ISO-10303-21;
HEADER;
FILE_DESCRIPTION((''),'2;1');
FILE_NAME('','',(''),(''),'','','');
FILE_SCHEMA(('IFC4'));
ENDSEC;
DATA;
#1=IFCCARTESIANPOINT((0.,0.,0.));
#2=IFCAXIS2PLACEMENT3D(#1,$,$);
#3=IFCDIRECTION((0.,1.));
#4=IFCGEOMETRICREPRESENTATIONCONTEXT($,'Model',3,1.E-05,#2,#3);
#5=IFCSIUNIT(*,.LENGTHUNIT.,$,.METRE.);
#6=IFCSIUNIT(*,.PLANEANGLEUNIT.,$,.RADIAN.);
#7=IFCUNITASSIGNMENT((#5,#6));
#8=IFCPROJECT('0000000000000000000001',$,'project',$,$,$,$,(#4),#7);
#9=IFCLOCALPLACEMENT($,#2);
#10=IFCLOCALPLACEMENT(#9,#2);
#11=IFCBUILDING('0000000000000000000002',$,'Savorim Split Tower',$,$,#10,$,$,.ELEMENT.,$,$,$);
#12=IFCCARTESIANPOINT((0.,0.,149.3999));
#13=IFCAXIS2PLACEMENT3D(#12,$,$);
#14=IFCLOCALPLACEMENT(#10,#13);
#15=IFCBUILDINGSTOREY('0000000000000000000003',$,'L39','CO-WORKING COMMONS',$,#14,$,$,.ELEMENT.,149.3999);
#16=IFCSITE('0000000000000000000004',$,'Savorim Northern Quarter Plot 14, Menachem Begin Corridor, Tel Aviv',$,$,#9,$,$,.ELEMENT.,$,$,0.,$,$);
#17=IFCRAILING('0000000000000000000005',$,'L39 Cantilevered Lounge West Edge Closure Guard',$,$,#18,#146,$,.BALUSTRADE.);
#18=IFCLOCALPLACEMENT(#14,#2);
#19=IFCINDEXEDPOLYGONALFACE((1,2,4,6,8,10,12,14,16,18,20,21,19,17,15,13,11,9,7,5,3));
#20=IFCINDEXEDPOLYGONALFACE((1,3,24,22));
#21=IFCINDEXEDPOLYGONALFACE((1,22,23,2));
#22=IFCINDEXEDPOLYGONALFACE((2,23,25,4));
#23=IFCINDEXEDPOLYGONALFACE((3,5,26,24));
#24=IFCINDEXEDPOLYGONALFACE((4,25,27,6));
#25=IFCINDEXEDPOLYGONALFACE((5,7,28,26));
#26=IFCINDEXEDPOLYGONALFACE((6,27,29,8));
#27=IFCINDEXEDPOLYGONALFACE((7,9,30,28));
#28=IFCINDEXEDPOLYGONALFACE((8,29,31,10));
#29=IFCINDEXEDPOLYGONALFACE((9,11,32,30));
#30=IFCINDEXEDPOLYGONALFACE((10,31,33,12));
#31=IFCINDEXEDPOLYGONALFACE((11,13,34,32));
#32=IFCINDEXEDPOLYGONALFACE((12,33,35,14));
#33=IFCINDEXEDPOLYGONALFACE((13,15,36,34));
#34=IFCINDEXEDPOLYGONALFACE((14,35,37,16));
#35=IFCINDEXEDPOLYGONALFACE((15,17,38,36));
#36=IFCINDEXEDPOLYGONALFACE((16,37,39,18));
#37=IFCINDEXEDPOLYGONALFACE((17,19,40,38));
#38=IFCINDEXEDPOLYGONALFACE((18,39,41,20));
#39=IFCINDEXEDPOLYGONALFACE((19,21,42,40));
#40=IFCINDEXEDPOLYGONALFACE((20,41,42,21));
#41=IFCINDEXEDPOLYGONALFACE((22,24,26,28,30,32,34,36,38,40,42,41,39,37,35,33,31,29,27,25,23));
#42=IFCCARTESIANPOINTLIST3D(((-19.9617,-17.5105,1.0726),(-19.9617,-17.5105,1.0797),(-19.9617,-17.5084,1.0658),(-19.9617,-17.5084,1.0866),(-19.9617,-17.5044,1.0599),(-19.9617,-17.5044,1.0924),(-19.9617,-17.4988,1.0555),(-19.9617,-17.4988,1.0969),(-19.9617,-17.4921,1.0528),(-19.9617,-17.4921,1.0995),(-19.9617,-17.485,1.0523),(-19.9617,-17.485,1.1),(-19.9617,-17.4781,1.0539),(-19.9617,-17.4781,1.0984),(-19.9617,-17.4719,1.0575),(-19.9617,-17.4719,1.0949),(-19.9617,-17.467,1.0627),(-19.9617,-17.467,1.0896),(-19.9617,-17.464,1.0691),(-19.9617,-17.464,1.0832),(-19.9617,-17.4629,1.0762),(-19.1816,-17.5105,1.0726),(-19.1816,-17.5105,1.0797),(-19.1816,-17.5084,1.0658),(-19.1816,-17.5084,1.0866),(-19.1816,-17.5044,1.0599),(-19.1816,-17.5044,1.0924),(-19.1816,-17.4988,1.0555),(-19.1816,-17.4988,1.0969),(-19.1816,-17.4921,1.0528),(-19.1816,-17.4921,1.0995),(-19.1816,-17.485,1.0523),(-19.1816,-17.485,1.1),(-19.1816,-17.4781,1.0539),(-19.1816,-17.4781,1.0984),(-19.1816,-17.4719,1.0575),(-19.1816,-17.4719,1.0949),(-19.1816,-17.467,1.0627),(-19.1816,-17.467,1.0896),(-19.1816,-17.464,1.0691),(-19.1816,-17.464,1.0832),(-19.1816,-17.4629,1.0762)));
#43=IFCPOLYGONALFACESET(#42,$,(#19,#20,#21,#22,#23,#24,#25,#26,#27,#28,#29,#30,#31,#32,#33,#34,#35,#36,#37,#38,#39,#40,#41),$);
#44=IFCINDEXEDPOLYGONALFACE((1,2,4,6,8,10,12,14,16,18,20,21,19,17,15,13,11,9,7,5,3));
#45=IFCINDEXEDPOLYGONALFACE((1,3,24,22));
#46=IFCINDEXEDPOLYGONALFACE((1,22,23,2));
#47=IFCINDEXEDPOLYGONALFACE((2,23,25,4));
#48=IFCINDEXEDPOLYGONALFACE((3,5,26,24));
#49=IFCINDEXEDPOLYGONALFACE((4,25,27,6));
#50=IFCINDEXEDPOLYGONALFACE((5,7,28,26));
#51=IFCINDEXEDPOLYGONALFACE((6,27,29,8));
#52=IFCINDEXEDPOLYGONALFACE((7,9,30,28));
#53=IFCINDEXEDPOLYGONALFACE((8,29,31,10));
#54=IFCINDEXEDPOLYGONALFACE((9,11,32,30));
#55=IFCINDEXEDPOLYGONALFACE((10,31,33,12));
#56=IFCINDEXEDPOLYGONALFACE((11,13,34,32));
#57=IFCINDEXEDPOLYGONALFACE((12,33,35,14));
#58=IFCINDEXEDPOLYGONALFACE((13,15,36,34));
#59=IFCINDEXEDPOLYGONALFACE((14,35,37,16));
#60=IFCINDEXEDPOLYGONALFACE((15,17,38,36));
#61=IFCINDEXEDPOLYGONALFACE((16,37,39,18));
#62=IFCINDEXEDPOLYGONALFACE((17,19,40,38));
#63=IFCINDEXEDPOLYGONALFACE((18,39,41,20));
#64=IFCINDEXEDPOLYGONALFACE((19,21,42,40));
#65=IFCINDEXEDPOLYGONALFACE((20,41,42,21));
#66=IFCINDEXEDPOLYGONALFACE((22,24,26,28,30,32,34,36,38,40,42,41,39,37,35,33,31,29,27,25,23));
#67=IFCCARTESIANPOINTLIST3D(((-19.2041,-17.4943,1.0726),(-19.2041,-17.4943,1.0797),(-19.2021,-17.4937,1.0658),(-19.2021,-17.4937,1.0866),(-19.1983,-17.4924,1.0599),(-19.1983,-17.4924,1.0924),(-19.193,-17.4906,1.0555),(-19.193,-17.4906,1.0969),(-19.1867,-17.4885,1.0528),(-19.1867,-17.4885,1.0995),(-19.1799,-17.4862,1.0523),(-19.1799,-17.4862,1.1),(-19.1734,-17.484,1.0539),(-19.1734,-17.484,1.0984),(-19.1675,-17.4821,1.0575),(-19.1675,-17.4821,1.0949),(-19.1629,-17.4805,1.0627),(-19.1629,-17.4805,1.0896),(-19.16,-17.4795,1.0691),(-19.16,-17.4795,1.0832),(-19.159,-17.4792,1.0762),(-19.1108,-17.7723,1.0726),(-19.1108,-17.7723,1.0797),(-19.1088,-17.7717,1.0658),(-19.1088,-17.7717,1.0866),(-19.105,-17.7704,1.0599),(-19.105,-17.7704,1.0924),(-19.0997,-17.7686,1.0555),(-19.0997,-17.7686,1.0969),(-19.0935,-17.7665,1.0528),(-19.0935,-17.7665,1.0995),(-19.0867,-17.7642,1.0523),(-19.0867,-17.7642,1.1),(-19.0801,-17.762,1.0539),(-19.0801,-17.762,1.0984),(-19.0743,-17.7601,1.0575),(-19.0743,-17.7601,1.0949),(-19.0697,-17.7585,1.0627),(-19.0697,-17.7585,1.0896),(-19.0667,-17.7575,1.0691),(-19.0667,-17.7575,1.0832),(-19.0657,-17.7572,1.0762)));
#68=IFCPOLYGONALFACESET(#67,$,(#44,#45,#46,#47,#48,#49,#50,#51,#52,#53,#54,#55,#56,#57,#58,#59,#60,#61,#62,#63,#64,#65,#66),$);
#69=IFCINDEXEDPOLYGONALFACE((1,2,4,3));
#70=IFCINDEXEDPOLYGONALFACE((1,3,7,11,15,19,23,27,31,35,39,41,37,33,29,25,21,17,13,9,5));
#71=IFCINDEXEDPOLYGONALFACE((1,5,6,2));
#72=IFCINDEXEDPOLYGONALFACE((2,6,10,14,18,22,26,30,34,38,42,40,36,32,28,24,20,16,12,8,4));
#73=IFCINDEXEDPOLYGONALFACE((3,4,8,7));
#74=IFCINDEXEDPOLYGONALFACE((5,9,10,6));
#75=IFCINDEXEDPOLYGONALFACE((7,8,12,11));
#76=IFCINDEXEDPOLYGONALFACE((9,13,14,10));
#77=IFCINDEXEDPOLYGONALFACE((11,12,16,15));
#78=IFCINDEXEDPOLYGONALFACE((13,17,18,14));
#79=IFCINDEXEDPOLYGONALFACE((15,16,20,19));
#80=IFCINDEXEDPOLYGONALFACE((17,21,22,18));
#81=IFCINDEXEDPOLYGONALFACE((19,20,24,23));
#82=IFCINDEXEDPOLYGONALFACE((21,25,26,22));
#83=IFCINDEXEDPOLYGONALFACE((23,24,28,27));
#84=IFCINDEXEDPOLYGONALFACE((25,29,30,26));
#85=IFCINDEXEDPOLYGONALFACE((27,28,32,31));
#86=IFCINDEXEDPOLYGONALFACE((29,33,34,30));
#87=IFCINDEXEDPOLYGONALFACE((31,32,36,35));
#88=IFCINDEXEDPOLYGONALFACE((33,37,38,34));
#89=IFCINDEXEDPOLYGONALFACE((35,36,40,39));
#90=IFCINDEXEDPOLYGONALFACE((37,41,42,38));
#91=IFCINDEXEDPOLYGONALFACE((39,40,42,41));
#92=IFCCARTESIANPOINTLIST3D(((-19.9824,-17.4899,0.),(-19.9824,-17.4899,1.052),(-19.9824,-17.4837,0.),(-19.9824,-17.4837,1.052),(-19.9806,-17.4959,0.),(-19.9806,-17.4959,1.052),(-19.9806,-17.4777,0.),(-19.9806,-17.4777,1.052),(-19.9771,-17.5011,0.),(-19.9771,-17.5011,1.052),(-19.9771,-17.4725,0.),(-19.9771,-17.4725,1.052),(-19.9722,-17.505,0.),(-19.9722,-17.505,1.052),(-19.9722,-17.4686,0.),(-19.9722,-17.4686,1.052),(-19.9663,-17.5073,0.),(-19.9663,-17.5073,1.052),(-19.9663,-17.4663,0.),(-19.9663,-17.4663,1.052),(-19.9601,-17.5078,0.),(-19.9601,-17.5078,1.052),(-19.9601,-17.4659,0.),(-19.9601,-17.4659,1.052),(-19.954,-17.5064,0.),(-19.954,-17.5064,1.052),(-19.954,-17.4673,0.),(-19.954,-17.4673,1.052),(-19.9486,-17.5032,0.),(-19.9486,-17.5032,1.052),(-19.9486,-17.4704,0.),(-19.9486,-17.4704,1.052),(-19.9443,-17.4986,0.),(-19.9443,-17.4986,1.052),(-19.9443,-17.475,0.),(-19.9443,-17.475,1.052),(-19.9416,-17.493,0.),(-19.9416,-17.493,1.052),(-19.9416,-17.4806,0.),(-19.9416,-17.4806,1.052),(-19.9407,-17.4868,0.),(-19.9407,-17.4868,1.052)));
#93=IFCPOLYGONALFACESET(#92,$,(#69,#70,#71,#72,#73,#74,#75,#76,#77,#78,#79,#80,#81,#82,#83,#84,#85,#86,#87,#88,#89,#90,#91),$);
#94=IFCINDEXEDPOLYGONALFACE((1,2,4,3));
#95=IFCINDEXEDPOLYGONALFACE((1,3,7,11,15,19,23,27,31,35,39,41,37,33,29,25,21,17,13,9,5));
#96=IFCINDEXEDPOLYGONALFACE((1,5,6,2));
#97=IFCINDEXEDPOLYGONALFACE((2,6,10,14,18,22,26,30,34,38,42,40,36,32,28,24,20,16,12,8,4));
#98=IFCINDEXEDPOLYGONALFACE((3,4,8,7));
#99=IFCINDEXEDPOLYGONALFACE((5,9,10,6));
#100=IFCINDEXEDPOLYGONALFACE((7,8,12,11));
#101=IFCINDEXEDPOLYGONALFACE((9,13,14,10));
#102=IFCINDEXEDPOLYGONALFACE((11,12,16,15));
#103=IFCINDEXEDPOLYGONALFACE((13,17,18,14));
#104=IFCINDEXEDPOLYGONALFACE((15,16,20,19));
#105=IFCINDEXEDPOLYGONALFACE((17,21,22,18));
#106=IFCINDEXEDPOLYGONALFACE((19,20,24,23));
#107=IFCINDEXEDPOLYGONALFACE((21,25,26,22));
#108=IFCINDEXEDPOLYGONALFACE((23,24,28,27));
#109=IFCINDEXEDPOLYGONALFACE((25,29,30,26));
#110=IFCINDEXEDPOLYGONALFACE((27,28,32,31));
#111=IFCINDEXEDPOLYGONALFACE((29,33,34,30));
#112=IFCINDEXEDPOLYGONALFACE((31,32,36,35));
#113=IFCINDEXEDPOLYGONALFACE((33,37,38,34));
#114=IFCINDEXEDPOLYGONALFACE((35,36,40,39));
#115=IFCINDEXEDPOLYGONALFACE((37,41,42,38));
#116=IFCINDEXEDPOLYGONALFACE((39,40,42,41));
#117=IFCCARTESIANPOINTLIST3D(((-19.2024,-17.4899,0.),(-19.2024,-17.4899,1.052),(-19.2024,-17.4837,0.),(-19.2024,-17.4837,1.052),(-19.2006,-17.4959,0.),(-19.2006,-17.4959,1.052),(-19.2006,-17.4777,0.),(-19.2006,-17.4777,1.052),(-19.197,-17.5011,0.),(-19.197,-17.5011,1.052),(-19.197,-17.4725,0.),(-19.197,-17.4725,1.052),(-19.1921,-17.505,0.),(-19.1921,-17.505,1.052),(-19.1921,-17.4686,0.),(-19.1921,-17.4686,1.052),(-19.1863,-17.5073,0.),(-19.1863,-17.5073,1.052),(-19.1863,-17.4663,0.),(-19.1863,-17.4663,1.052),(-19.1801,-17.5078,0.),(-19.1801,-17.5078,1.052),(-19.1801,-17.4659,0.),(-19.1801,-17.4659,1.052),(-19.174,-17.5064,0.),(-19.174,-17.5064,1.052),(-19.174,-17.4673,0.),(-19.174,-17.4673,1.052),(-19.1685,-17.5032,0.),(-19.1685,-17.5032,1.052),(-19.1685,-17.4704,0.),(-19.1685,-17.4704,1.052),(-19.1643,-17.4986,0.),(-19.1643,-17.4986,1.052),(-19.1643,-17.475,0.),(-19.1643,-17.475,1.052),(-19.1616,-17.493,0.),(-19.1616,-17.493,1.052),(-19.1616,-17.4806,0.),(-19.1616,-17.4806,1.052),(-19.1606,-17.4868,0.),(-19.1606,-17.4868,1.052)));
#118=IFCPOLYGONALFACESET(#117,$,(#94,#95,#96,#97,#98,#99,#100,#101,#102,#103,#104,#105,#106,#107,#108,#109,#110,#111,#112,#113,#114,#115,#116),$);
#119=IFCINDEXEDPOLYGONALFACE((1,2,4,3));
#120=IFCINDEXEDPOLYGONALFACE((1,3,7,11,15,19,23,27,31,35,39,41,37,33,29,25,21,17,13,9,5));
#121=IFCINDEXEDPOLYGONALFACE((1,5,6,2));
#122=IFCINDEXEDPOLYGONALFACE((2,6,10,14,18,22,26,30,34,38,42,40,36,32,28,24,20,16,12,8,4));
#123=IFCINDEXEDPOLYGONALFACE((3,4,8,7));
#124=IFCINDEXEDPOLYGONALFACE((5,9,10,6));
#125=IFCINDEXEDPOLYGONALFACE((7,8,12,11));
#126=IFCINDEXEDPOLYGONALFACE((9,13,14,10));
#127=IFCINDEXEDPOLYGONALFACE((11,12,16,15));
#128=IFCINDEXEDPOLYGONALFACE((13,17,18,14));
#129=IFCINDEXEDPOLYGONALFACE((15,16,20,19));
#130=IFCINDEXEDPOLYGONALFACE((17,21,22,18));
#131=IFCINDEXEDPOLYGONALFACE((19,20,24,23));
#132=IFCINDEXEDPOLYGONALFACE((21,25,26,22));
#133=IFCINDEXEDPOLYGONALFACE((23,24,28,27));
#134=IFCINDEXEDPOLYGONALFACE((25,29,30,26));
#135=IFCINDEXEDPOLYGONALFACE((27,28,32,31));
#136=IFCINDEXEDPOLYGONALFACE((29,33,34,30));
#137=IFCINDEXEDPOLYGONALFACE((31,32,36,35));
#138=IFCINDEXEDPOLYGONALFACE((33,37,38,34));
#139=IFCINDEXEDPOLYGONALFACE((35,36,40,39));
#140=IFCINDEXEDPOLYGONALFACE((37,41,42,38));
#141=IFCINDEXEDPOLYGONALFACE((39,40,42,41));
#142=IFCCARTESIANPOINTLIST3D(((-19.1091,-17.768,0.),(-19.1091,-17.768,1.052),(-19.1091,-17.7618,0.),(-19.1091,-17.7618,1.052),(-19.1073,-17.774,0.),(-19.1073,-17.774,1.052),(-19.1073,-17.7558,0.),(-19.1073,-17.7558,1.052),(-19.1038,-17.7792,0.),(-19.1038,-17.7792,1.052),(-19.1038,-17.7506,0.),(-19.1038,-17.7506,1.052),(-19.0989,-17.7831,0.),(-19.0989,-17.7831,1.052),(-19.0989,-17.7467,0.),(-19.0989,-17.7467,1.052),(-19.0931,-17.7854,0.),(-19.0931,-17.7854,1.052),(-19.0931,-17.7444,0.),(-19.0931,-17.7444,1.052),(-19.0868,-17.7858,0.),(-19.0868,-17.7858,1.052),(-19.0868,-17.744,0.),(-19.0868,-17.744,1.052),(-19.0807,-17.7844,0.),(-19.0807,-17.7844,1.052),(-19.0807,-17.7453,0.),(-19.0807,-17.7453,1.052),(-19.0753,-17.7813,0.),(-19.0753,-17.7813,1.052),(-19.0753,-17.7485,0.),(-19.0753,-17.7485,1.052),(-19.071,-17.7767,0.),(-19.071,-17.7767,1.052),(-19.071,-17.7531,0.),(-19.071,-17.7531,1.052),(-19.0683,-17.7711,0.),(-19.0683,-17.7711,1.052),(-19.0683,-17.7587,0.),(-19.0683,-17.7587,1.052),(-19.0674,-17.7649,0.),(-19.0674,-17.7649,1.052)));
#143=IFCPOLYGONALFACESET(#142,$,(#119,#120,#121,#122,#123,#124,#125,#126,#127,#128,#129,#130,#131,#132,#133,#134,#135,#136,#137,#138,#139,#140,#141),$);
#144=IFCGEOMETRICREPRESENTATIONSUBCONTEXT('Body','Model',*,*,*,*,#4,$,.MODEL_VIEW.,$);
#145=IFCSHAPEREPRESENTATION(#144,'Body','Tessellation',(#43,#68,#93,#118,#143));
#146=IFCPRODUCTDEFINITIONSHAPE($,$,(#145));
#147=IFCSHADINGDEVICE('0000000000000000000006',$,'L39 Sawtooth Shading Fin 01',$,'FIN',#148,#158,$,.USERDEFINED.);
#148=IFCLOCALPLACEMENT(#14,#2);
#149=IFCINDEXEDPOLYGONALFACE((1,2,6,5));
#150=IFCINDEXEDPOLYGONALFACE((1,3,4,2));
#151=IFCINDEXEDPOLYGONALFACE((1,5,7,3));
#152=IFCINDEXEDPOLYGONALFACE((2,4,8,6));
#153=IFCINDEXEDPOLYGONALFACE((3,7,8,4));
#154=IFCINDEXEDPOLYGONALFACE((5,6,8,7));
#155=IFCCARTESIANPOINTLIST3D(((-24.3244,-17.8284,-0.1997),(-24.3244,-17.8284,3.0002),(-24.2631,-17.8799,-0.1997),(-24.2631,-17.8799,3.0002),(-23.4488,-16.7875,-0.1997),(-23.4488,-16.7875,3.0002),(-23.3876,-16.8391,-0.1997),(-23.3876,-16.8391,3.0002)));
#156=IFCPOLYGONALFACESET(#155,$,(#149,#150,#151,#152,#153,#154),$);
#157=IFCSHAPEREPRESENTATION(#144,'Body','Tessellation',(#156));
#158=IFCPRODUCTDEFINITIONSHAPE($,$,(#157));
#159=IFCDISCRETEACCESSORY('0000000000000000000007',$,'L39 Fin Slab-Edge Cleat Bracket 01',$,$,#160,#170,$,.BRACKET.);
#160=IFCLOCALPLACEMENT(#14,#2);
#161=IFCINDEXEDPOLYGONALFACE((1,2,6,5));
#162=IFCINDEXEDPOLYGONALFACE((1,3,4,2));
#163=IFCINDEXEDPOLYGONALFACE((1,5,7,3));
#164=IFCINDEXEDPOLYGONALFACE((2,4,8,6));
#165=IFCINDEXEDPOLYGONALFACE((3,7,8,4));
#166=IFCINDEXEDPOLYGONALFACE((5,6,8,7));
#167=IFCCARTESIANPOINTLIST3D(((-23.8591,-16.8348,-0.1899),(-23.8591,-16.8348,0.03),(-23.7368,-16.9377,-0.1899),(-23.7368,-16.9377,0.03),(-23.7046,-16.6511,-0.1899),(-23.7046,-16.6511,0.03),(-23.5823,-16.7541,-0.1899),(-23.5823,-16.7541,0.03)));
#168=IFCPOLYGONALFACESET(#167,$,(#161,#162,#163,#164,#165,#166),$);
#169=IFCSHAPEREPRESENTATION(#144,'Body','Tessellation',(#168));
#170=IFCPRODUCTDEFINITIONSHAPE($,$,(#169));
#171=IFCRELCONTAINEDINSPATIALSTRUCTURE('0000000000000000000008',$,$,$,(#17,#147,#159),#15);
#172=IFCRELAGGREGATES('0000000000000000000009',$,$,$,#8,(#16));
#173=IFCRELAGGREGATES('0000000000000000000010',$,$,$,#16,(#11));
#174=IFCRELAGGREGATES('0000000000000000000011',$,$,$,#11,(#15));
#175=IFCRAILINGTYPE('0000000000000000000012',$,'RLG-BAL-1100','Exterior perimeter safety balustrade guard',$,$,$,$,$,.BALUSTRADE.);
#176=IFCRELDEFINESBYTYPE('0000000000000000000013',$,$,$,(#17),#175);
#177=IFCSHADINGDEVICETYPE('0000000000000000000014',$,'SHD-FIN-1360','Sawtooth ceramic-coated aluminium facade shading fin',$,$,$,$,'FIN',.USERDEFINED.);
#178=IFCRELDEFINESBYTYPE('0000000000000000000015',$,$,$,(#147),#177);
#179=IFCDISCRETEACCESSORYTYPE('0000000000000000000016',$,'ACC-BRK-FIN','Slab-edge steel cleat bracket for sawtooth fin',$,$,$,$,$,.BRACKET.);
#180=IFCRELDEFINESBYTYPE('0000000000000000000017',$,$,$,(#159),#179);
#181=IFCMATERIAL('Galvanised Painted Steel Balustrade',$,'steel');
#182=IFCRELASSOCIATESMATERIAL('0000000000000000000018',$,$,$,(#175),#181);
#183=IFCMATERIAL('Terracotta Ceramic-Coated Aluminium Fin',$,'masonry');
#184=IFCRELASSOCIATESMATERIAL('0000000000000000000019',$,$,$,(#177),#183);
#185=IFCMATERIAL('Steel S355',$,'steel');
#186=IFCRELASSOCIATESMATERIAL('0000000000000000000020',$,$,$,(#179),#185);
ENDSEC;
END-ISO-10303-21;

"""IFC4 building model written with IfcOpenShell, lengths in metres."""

from ifc_helpers import new_model, si_unit, direction, frame, origin, origin_2d, place, context, subcontext, project, spatial, rectangle, circle, extrude, material, type_object, element, save


model = new_model("IFC4")

# Units and contexts
model_context = context("Model", 3, precision=1e-05, world=origin(), true_north=direction((0.0, 1.0)))
body_context = subcontext(model_context, "Body", "Model", "MODEL_VIEW")
ifc_project = project(units=[si_unit("LENGTHUNIT", "METRE"), si_unit("PLANEANGLEUNIT", "RADIAN")], contexts=[model_context])

# Site, building, storey
site_placement = place(None, origin())
site = spatial("IfcSite", under=ifc_project, at=site_placement, Name="Savorim Northern Quarter Plot 14, Menachem Begin Corridor, Tel Aviv", CompositionType="ELEMENT", RefElevation=0.0)
building_placement = place(site_placement, origin())
building = spatial("IfcBuilding", under=site, at=building_placement, Name="Savorim Split Tower", CompositionType="ELEMENT")
storey_placement = place(building_placement, frame((0.0, 0.0, 149.3999)))
storey = spatial("IfcBuildingStorey", under=building, at=storey_placement, Name="L39", Description="CO-WORKING COMMONS", CompositionType="ELEMENT", Elevation=149.3999)

# Shared definitions
ifc_material_1 = material(Name="Steel S355", Category="steel")

# Railing
ifc_material_2 = material(Name="Galvanised Painted Steel Balustrade", Category="steel")
railing_type = type_object("IfcRailingType", Name="RLG-BAL-1100", Description="Exterior perimeter safety balustrade guard", PredefinedType="BALUSTRADE", material=ifc_material_2)
railing_placement = place(storey_placement, frame((-19.9617, -17.4868, 0.0)))
element("IfcRailing", 1, at=railing_placement, inside=storey, type_object=railing_type, Name="L39 Cantilevered Lounge West Edge Closure Guard", PredefinedType="BALUSTRADE", context=body_context, shape_type="SweptSolid", body=[
    extrude(circle(Radius=0.0239, at=origin_2d()), frame((0.0, 0.0, 1.0762), z_axis=(1.0, 0.0, 0.0), x_axis=(0.0, 1.0, 0.0)), (0.0, 0.0, 1.0), 0.78),
    extrude(circle(Radius=0.0239, at=origin_2d()), frame((0.78, 0.0, 1.0762), z_axis=(0.317975, -0.948099, 0.0), x_axis=(0.948099, 0.317975, 0.0)), (0.0, 0.0, 1.0), 0.2932),
    extrude(circle(Radius=0.021, at=origin_2d()), origin(), (0.0, 0.0, 1.0), 1.052),
    extrude(circle(Radius=0.021, at=origin_2d()), frame((0.78, 0.0, 0.0)), (0.0, 0.0, 1.0), 1.052),
    extrude(circle(Radius=0.021, at=origin_2d()), frame((0.8733, -0.2781, 0.0)), (0.0, 0.0, 1.0), 1.052),
])

# Shading device
ifc_material_3 = material(Name="Terracotta Ceramic-Coated Aluminium Fin", Category="masonry")
shading_device_type = type_object("IfcShadingDeviceType", Name="SHD-FIN-1360", Description="Sawtooth ceramic-coated aluminium facade shading fin", ElementType="FIN", PredefinedType="USERDEFINED", material=ifc_material_3)
shading_device_placement = place(storey_placement, frame((-23.856, -17.3337, -0.1997), z_axis=(0.0, 0.0, 1.0), x_axis=(-0.643719, -0.765262, 0.0)))
element("IfcShadingDevice", 2, at=shading_device_placement, inside=storey, type_object=shading_device_type, Name="L39 Sawtooth Shading Fin 01", ObjectType="FIN", PredefinedType="USERDEFINED", context=body_context, shape_type="SweptSolid", body=[
    extrude(rectangle(XDim=1.3601, YDim=0.0801, at=origin_2d()), origin(), (0.0, 0.0, 1.0), 3.2),
])

# Discrete accessory
discrete_accessory_type = type_object("IfcDiscreteAccessoryType", Name="ACC-BRK-FIN", Description="Slab-edge steel cleat bracket for sawtooth fin", PredefinedType="BRACKET", material=ifc_material_1)
discrete_accessory_placement = place(storey_placement, frame((-23.7207, -16.7944, -0.1899), z_axis=(0.0, 0.0, 1.0), x_axis=(-0.643719, -0.765262, 0.0)))
element("IfcDiscreteAccessory", 3, at=discrete_accessory_placement, inside=storey, type_object=discrete_accessory_type, Name="L39 Fin Slab-Edge Cleat Bracket 01", PredefinedType="BRACKET", context=body_context, shape_type="SweptSolid", body=[
    extrude(rectangle(XDim=0.24, YDim=0.1599, at=origin_2d()), origin(), (0.0, 0.0, 1.0), 0.22),
])

save(model, "model.ifc")
